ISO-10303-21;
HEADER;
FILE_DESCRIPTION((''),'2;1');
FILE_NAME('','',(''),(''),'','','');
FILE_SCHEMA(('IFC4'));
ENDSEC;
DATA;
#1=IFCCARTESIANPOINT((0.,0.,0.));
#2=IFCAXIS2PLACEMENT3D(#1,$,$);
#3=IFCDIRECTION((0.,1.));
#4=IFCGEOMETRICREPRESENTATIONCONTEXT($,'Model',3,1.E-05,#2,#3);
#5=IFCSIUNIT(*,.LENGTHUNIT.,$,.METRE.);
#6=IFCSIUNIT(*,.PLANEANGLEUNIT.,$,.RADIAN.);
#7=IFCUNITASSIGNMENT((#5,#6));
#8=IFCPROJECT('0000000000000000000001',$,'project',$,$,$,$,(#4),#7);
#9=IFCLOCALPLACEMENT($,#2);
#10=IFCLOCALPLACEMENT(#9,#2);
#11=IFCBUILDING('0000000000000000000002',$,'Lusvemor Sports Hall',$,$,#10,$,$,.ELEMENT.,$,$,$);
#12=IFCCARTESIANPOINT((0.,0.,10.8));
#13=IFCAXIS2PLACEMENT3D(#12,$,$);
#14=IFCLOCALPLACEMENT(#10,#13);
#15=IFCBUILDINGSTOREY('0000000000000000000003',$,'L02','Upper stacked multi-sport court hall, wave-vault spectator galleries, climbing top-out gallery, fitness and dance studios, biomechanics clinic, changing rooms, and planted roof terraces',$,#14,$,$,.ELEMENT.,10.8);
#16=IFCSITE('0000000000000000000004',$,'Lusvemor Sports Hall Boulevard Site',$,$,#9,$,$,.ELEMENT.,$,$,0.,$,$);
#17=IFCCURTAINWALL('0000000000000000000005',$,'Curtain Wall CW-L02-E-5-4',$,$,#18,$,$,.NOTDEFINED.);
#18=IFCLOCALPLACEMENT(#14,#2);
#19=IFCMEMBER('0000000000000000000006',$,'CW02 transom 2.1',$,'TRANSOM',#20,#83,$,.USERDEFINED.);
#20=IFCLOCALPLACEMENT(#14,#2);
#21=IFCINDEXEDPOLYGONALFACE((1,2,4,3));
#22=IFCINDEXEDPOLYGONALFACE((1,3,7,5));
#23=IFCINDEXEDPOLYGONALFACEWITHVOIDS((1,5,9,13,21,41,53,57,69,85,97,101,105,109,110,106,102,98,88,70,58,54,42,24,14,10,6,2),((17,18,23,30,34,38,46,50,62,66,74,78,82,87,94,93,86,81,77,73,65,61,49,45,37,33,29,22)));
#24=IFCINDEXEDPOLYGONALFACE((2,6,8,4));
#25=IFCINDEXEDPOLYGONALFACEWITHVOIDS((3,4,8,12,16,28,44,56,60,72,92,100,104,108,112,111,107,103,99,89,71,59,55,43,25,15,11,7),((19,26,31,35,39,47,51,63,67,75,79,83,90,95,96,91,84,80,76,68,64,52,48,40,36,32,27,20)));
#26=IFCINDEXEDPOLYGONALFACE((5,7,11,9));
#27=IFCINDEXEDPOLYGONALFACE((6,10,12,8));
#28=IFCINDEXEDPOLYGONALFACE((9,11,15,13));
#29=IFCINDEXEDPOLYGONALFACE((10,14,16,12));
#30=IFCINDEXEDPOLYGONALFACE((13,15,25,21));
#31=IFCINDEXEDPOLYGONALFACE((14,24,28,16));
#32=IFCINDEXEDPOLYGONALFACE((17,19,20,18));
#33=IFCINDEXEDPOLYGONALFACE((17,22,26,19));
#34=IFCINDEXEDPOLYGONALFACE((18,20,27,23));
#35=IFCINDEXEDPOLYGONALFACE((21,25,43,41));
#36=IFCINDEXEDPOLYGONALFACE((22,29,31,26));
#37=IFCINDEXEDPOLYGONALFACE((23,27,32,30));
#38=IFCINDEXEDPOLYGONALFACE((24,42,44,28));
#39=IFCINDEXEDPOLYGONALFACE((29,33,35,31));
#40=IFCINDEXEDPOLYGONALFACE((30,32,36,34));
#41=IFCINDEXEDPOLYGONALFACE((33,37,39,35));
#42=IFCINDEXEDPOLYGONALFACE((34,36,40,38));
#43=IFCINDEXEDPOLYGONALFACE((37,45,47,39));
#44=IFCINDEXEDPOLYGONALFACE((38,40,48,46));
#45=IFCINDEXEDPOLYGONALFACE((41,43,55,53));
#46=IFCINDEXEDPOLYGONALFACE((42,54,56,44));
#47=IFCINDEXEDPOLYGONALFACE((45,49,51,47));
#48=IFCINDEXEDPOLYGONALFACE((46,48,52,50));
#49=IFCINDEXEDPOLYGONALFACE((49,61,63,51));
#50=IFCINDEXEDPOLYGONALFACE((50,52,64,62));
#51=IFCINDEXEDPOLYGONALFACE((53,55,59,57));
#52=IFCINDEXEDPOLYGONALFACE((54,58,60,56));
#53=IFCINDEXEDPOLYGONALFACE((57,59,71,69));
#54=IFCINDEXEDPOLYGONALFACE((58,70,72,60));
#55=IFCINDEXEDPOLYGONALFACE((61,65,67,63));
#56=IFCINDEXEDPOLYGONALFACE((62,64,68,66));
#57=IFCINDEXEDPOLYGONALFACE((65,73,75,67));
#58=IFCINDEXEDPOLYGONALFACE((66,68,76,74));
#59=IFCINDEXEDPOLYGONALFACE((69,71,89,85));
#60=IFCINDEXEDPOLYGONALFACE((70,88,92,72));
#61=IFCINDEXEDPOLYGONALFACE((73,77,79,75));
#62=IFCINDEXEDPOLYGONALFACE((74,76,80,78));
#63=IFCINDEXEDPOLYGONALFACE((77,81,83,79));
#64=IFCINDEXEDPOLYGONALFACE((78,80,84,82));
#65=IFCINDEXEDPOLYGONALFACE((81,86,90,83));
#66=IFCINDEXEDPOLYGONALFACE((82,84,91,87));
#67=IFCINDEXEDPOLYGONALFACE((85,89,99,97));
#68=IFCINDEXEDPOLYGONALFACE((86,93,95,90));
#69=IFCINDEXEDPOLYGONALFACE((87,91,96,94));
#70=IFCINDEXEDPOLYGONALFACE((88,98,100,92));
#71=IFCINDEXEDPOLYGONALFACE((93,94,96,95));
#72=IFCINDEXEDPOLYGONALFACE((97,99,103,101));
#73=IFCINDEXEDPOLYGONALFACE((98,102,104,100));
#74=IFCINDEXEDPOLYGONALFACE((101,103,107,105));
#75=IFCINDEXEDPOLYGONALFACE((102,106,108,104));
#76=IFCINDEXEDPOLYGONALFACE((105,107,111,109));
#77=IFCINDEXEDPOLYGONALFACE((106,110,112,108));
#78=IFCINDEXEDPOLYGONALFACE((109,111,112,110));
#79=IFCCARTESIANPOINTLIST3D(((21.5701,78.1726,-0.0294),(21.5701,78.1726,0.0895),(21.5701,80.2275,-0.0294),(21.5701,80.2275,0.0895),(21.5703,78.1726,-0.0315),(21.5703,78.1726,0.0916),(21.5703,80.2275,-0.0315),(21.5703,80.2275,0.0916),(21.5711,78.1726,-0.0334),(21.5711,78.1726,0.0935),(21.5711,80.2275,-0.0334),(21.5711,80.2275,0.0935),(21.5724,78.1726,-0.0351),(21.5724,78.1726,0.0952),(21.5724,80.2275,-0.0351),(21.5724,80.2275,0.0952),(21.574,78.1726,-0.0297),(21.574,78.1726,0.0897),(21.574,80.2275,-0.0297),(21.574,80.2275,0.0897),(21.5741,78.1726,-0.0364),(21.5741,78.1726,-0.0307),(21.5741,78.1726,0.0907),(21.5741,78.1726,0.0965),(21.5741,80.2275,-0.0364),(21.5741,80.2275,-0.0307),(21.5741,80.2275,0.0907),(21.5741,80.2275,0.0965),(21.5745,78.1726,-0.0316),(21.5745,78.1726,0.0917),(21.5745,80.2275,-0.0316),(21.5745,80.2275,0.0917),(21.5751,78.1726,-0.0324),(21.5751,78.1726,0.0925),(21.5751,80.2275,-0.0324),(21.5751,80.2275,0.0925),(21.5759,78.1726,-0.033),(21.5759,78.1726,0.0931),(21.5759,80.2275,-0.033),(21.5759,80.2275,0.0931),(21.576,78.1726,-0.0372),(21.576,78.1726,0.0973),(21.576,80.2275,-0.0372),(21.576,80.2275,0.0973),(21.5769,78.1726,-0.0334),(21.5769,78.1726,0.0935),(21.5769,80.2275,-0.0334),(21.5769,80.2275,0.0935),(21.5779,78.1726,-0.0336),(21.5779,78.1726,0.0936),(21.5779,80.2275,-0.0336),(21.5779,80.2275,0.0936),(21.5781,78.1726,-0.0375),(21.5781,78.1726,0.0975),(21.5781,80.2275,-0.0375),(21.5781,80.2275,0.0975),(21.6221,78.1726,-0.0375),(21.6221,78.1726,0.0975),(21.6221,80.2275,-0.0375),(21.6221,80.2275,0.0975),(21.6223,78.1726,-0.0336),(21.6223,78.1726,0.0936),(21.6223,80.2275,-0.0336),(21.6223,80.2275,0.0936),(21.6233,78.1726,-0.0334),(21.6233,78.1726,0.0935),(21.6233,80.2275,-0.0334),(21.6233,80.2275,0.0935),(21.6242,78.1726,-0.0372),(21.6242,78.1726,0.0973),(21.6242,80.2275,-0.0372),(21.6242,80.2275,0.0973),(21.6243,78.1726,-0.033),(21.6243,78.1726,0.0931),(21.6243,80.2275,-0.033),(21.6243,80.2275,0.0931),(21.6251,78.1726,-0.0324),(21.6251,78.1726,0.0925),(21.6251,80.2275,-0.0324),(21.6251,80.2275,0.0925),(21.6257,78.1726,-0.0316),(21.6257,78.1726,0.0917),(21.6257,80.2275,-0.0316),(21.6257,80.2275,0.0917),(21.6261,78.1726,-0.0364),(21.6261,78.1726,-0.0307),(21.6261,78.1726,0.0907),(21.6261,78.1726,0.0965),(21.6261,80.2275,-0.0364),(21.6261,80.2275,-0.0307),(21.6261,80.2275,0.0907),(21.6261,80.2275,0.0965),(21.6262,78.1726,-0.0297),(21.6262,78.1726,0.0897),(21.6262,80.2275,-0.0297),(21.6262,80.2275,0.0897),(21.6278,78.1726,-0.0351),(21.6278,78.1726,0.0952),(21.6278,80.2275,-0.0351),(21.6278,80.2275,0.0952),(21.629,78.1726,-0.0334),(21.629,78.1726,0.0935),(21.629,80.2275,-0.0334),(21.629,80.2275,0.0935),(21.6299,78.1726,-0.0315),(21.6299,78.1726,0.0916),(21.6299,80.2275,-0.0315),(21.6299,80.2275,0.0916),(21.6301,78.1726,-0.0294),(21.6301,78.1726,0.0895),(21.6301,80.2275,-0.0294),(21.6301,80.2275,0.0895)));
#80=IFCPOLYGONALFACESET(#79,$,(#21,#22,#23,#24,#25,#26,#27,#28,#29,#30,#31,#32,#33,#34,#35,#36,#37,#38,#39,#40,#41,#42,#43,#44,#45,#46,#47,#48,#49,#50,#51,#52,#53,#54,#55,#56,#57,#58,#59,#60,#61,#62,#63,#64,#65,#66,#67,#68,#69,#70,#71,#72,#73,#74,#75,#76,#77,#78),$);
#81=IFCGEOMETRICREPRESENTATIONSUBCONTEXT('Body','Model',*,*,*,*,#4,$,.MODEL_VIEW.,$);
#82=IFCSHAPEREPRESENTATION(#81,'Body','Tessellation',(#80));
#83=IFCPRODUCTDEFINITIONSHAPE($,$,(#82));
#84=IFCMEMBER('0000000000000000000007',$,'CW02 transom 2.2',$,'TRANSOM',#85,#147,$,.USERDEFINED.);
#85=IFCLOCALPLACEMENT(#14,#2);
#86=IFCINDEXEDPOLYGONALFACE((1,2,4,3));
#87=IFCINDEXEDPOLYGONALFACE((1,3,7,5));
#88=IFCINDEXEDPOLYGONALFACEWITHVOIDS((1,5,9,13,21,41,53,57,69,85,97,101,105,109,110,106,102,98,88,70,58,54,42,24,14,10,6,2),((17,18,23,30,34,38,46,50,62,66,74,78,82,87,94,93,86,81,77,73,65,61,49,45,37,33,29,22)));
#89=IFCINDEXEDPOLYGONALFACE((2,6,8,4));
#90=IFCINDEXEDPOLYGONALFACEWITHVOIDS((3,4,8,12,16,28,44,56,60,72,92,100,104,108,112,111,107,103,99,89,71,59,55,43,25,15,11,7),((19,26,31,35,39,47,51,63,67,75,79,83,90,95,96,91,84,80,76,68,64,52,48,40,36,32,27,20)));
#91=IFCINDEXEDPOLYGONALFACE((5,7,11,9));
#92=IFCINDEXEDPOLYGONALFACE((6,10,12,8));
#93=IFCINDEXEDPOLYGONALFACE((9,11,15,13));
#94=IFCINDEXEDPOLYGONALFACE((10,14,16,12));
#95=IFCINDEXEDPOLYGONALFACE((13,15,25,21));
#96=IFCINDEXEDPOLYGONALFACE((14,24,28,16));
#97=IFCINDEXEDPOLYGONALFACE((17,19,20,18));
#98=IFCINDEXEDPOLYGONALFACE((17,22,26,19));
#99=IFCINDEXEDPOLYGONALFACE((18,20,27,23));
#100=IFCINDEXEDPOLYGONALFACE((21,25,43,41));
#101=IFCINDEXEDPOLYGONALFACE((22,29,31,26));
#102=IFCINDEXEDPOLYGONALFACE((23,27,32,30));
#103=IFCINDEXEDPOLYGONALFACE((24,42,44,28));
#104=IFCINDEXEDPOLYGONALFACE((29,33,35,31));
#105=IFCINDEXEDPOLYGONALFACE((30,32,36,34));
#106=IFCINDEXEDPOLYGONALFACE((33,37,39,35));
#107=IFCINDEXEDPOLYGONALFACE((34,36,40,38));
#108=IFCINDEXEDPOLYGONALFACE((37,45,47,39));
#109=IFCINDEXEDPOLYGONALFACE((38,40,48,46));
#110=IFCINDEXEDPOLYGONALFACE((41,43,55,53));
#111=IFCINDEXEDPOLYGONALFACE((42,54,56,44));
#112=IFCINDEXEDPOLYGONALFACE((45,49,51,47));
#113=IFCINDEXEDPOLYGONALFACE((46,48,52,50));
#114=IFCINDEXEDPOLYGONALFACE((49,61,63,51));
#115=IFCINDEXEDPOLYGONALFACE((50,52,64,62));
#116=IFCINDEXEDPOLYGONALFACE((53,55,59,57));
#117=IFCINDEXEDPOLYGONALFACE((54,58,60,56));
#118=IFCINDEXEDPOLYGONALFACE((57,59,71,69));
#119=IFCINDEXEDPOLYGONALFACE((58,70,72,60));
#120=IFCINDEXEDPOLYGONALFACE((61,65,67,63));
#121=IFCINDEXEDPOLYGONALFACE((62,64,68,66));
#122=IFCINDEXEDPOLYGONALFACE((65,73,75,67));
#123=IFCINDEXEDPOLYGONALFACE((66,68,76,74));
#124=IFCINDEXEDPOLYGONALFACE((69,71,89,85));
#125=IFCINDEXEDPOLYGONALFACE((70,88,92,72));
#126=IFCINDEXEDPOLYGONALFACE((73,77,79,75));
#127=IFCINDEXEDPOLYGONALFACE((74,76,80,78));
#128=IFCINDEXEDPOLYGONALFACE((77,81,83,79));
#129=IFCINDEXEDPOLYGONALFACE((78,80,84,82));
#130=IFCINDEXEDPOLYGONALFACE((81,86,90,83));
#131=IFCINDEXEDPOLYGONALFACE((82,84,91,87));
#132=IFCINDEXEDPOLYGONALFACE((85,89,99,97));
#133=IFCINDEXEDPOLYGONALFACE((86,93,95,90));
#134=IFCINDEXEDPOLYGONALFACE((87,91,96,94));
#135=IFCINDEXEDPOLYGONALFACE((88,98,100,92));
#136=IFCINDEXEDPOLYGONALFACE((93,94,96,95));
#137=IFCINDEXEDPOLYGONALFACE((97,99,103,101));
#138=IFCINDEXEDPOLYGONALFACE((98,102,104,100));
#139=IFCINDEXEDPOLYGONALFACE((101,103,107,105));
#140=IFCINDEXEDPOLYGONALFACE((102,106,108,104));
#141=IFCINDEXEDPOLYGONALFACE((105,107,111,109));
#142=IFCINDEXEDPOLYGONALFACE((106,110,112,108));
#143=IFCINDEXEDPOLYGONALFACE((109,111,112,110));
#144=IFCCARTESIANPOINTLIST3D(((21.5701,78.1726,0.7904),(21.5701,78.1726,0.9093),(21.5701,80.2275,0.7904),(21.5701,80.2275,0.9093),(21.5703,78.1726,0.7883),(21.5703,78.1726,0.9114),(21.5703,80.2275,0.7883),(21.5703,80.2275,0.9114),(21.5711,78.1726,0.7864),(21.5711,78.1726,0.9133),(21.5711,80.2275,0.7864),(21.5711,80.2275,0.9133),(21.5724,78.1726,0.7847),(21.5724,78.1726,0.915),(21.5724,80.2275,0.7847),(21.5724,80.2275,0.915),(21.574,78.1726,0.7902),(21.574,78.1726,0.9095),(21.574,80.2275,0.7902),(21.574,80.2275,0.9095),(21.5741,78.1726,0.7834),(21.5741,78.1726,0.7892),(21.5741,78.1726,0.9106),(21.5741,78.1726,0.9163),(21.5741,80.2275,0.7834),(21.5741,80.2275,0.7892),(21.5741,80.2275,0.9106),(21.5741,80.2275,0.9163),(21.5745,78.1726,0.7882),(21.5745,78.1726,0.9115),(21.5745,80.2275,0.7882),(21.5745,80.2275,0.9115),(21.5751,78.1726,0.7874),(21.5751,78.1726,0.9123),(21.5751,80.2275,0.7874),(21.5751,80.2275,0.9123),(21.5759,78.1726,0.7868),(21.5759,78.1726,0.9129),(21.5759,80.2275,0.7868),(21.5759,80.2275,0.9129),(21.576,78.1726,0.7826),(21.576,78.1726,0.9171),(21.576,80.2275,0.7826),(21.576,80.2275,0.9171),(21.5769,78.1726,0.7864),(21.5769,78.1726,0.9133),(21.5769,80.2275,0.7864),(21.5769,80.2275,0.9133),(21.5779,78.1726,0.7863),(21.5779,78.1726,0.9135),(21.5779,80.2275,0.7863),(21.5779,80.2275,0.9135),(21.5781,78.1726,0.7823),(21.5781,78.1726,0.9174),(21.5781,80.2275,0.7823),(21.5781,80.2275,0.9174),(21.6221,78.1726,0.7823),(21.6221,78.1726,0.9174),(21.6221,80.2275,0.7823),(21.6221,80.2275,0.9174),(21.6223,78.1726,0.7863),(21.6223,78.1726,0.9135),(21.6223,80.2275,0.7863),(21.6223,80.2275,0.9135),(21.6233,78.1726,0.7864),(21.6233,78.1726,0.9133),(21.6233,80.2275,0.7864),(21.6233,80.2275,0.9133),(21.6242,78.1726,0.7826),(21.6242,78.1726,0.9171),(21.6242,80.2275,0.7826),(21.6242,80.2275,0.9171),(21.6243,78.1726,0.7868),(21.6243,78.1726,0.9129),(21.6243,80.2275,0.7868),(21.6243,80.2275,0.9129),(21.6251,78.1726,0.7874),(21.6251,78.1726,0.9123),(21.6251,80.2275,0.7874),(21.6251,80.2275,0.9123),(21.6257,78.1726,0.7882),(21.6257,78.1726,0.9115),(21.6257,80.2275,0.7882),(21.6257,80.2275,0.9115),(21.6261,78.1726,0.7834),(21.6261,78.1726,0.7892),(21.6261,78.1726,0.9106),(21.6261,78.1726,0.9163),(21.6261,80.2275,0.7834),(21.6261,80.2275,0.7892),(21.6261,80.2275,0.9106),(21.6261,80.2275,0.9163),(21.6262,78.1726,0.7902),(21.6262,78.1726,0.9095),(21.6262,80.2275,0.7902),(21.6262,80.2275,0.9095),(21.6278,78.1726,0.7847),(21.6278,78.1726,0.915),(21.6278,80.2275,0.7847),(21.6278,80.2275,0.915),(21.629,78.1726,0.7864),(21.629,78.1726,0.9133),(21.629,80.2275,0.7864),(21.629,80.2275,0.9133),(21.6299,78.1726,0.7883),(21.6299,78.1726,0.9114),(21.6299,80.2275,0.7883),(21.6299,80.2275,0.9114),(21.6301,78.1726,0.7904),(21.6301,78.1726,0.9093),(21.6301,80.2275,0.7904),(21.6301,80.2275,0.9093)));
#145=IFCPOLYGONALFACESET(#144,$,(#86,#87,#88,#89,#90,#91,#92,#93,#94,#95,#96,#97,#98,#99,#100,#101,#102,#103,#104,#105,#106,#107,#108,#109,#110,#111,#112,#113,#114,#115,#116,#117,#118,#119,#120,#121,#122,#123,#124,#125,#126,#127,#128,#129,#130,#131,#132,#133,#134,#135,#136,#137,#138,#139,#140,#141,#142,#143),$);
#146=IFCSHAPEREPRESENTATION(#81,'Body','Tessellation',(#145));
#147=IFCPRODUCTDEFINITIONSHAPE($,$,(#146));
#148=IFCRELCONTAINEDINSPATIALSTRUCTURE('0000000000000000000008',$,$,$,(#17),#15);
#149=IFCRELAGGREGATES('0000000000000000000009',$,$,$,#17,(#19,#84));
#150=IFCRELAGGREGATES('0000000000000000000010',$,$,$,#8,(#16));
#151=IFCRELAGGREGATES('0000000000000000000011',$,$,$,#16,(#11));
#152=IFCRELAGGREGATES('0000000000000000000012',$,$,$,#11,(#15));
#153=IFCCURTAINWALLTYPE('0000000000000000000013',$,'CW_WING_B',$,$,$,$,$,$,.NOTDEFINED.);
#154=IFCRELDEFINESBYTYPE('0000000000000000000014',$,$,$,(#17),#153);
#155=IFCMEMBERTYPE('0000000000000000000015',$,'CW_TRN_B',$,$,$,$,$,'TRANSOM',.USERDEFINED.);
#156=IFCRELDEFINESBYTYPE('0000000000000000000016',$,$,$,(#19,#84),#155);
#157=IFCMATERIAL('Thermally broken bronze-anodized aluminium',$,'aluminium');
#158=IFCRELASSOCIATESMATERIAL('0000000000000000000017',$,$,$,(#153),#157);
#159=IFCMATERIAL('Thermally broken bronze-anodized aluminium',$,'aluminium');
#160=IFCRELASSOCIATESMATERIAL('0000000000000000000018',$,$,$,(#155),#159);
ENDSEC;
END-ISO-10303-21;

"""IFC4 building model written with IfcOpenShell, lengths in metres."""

from ifc_helpers import new_model, si_unit, direction, frame, origin, origin_2d, place, context, subcontext, project, spatial, hollow_rectangle, extrude, material, material_profile, profile_set, type_object, element, aggregate, save


model = new_model("IFC4")

# Units and contexts
model_context = context("Model", 3, precision=1e-05, world=origin(), true_north=direction((0.0, 1.0)))
body_context = subcontext(model_context, "Body", "Model", "MODEL_VIEW")
ifc_project = project(units=[si_unit("LENGTHUNIT", "METRE"), si_unit("PLANEANGLEUNIT", "RADIAN")], contexts=[model_context])

# Site, building, storey
site_placement = place(None, origin())
site = spatial("IfcSite", under=ifc_project, at=site_placement, Name="Lusvemor Sports Hall Boulevard Site", CompositionType="ELEMENT", RefElevation=0.0)
building_placement = place(site_placement, origin())
building = spatial("IfcBuilding", under=site, at=building_placement, Name="Lusvemor Sports Hall", CompositionType="ELEMENT")
storey_placement = place(building_placement, frame((0.0, 0.0, 10.8)))
storey = spatial("IfcBuildingStorey", under=building, at=storey_placement, Name="L02", Description="Upper stacked multi-sport court hall, wave-vault spectator galleries, climbing top-out gallery, fitness and dance studios, biomechanics clinic, changing rooms, and planted roof terraces", CompositionType="ELEMENT", Elevation=10.8)

# Curtain wall, members
ifc_material_1 = material(Name="Thermally broken bronze-anodized aluminium", Category="aluminium")
curtain_wall_type = type_object("IfcCurtainWallType", Name="CW_WING_B", PredefinedType="NOTDEFINED", material=ifc_material_1)
curtain_wall_placement = place(storey_placement, origin())
curtain_wall = element("IfcCurtainWall", 1, at=curtain_wall_placement, inside=storey, type_object=curtain_wall_type, Name="Curtain Wall CW-L02-E-5-4", PredefinedType="NOTDEFINED")
ifc_material_2 = material(Name="Thermally broken bronze-anodized aluminium", Category="aluminium")
ifc_material_profile_1 = material_profile(ifc_material_2, hollow_rectangle(XDim=0.0601, YDim=0.135, WallThickness=0.0039, InnerFilletRadius=0.0039, OuterFilletRadius=0.0081, at=origin_2d()), Name="CWTRN135x60x4")
ifc_profile_set_1 = profile_set([ifc_material_profile_1], Name="Thermally broken bronze-anodized aluminium")
member_type_1 = type_object("IfcMemberType", Name="CW_TRN_B", ElementType="TRANSOM", PredefinedType="USERDEFINED", material=ifc_profile_set_1)
member_1_placement = place(storey_placement, frame((21.6001, 80.2275, 0.03), z_axis=(0.0, -1.0, 0.0), x_axis=(1.0, 0.0, 0.0)))
member_1 = element("IfcMember", 2, at=member_1_placement, type_object=member_type_1, Name="CW02 transom 2.1", ObjectType="TRANSOM", PredefinedType="USERDEFINED", context=body_context, shape_type="SweptSolid", body=[
    extrude(hollow_rectangle(XDim=0.0601, YDim=0.135, WallThickness=0.0039, InnerFilletRadius=0.0039, OuterFilletRadius=0.0081, at=origin_2d()), origin(), (0.0, 0.0, 1.0), 2.0549),
])
member_2_placement = place(storey_placement, frame((21.6001, 80.2275, 0.8499), z_axis=(0.0, -1.0, 0.0), x_axis=(1.0, 0.0, 0.0)))
member_2 = element("IfcMember", 3, at=member_2_placement, type_object=member_type_1, Name="CW02 transom 2.2", ObjectType="TRANSOM", PredefinedType="USERDEFINED", context=body_context, shape_type="SweptSolid", body=[
    extrude(hollow_rectangle(XDim=0.0601, YDim=0.135, WallThickness=0.0039, InnerFilletRadius=0.0039, OuterFilletRadius=0.0081, at=origin_2d()), origin(), (0.0, 0.0, 1.0), 2.0549),
])

aggregate(curtain_wall, [member_1, member_2])

save(model, "model.ifc")
